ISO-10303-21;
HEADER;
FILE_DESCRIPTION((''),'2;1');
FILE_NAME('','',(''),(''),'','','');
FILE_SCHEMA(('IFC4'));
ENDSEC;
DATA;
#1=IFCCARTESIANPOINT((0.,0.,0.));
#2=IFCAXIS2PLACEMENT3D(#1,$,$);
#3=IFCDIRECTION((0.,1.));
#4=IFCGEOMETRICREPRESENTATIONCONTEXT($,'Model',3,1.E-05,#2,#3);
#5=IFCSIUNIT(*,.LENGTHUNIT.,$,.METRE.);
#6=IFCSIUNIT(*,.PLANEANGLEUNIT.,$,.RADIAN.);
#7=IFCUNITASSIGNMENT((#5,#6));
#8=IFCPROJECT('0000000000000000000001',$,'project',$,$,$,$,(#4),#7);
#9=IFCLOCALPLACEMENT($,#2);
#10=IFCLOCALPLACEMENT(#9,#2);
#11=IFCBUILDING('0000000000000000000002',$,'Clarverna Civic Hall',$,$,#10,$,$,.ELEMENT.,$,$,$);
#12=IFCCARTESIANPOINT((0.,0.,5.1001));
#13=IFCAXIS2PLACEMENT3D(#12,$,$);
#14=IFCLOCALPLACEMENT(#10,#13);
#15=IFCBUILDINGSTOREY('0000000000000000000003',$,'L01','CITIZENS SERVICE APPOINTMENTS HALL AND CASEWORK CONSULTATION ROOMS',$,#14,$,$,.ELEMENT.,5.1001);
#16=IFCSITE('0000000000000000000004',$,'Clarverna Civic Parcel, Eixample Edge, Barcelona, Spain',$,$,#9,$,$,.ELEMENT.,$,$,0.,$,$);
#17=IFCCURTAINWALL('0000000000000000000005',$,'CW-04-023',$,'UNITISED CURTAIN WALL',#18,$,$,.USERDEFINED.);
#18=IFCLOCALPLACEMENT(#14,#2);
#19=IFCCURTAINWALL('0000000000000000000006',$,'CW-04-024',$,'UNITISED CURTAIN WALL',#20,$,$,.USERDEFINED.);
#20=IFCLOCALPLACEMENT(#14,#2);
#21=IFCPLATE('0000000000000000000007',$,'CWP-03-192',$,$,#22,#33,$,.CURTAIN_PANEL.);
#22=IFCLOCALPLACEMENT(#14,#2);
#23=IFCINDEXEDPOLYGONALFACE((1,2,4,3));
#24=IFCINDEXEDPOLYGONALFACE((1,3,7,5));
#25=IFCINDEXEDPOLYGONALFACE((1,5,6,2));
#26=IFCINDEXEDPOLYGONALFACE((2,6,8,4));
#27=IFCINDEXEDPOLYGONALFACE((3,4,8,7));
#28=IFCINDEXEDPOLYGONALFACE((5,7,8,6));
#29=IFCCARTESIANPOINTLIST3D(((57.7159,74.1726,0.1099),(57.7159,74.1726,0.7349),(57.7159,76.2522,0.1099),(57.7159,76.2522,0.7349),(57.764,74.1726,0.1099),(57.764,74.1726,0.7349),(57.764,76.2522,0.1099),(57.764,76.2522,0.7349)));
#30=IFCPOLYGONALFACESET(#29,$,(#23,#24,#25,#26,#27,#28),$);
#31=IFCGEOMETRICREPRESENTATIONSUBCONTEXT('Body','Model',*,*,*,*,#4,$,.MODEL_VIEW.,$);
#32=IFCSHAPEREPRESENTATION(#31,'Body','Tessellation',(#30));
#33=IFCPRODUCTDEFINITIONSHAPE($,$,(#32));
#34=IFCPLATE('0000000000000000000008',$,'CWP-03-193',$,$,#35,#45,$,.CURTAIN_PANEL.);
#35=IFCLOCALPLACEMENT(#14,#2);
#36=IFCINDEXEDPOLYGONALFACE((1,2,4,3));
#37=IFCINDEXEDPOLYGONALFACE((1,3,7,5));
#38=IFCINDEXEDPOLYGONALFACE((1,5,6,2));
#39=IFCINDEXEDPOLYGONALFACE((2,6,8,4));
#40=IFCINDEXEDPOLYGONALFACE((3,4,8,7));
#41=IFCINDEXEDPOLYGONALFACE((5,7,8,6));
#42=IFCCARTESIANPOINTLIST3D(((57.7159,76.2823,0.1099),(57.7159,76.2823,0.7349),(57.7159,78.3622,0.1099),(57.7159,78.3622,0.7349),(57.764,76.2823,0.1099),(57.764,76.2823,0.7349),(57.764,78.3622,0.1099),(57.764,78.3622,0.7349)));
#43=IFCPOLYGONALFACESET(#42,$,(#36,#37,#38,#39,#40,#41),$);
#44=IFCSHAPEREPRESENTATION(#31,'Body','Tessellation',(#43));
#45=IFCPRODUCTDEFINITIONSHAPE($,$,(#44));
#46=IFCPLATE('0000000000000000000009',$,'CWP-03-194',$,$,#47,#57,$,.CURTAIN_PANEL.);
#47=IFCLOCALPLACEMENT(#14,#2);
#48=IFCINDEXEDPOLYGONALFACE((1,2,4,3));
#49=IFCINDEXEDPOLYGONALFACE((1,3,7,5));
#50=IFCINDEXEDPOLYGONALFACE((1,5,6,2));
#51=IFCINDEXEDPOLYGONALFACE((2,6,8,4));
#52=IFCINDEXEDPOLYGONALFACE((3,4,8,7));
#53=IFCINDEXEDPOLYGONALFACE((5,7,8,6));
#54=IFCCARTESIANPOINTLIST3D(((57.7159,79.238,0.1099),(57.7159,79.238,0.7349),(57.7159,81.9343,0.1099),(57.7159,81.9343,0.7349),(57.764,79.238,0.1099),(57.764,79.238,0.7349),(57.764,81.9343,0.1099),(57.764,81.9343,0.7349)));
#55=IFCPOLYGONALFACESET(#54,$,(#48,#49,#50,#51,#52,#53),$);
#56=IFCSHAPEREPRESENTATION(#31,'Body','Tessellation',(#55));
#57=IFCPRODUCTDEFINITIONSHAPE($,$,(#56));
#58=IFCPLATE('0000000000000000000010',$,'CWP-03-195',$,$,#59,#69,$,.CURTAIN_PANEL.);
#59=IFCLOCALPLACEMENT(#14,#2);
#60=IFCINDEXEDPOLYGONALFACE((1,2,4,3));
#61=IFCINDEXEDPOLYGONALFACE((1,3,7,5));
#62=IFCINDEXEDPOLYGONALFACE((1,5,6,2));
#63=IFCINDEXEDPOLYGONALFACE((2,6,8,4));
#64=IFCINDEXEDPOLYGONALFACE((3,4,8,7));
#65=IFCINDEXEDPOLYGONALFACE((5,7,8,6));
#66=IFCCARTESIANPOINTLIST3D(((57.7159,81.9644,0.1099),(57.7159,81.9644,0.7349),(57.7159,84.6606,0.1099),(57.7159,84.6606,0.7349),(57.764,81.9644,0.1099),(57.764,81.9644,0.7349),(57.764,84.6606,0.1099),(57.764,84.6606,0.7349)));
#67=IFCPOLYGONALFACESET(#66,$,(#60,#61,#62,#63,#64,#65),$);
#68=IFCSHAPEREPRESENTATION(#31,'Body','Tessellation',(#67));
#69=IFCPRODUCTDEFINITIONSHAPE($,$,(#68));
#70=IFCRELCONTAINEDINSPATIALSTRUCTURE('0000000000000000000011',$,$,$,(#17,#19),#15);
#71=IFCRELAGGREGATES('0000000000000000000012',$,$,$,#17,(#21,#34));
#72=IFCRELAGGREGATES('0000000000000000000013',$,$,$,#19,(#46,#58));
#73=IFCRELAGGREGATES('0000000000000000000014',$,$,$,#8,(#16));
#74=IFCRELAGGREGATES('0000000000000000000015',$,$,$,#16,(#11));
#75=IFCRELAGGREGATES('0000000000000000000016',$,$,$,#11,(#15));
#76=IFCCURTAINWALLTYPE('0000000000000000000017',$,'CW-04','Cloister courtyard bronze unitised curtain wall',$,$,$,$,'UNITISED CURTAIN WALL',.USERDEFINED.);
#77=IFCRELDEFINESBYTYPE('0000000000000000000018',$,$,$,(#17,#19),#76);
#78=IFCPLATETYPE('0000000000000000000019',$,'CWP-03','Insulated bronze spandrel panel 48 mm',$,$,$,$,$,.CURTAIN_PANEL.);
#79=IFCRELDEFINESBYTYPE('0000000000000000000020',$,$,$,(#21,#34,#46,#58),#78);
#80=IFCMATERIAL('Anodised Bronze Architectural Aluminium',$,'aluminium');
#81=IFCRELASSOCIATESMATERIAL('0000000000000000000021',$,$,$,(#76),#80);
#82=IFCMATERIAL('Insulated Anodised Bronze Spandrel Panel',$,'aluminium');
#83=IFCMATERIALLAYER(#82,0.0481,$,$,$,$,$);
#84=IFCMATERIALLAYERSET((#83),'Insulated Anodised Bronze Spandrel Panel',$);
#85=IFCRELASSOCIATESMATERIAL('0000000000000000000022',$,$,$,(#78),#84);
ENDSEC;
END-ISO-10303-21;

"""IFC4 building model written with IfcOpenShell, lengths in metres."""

from ifc_helpers import new_model, si_unit, direction, frame, frame_2d, origin, place, context, subcontext, project, spatial, rectangle, extrude, material, layer, layer_set, type_object, element, aggregate, save


model = new_model("IFC4")

# Units and contexts
model_context = context("Model", 3, precision=1e-05, world=origin(), true_north=direction((0.0, 1.0)))
body_context = subcontext(model_context, "Body", "Model", "MODEL_VIEW")
ifc_project = project(units=[si_unit("LENGTHUNIT", "METRE"), si_unit("PLANEANGLEUNIT", "RADIAN")], contexts=[model_context])

# Site, building, storey
site_placement = place(None, origin())
site = spatial("IfcSite", under=ifc_project, at=site_placement, Name="Clarverna Civic Parcel, Eixample Edge, Barcelona, Spain", CompositionType="ELEMENT", RefElevation=0.0)
building_placement = place(site_placement, origin())
building = spatial("IfcBuilding", under=site, at=building_placement, Name="Clarverna Civic Hall", CompositionType="ELEMENT")
storey_placement = place(building_placement, frame((0.0, 0.0, 5.1001)))
storey = spatial("IfcBuildingStorey", under=building, at=storey_placement, Name="L01", Description="CITIZENS SERVICE APPOINTMENTS HALL AND CASEWORK CONSULTATION ROOMS", CompositionType="ELEMENT", Elevation=5.1001)

# Curtain walls
ifc_material_1 = material(Name="Anodised Bronze Architectural Aluminium", Category="aluminium")
curtain_wall_type = type_object("IfcCurtainWallType", Name="CW-04", Description="Cloister courtyard bronze unitised curtain wall", ElementType="UNITISED CURTAIN WALL", PredefinedType="USERDEFINED", material=ifc_material_1)
curtain_wall_1_placement = place(storey_placement, origin())
curtain_wall_1 = element("IfcCurtainWall", 1, at=curtain_wall_1_placement, inside=storey, type_object=curtain_wall_type, Name="CW-04-023", ObjectType="UNITISED CURTAIN WALL", PredefinedType="USERDEFINED")
curtain_wall_2_placement = place(storey_placement, origin())
curtain_wall_2 = element("IfcCurtainWall", 2, at=curtain_wall_2_placement, inside=storey, type_object=curtain_wall_type, Name="CW-04-024", ObjectType="UNITISED CURTAIN WALL", PredefinedType="USERDEFINED")

# Plates
ifc_material_2 = material(Name="Insulated Anodised Bronze Spandrel Panel", Category="aluminium")
ifc_layer_1 = layer(ifc_material_2, 0.0481)
ifc_layer_set_1 = layer_set([ifc_layer_1], Name="Insulated Anodised Bronze Spandrel Panel")
plate_type_1 = type_object("IfcPlateType", Name="CWP-03", Description="Insulated bronze spandrel panel 48 mm", PredefinedType="CURTAIN_PANEL", material=ifc_layer_set_1)
plate_1_placement = place(storey_placement, frame((57.74, 74.1726, 0.1099), z_axis=(0.0, 0.0, 1.0), x_axis=(0.0, 1.0, 0.0)))
plate_1 = element("IfcPlate", 3, at=plate_1_placement, type_object=plate_type_1, Name="CWP-03-192", PredefinedType="CURTAIN_PANEL", context=body_context, shape_type="SweptSolid", body=[
    extrude(rectangle(XDim=2.0796, YDim=0.0481, at=frame_2d((1.0398, 0.0))), origin(), (0.0, 0.0, 1.0), 0.625),
])
plate_2_placement = place(storey_placement, frame((57.74, 76.2822, 0.1099), z_axis=(0.0, 0.0, 1.0), x_axis=(0.0, 1.0, 0.0)))
plate_2 = element("IfcPlate", 4, at=plate_2_placement, type_object=plate_type_1, Name="CWP-03-193", PredefinedType="CURTAIN_PANEL", context=body_context, shape_type="SweptSolid", body=[
    extrude(rectangle(XDim=2.0798, YDim=0.0481, at=frame_2d((1.04, 0.0))), origin(), (0.0, 0.0, 1.0), 0.625),
])
aggregate(curtain_wall_1, [plate_1, plate_2])
plate_3_placement = place(storey_placement, frame((57.74, 79.238, 0.1099), z_axis=(0.0, 0.0, 1.0), x_axis=(0.0, 1.0, 0.0)))
plate_3 = element("IfcPlate", 5, at=plate_3_placement, type_object=plate_type_1, Name="CWP-03-194", PredefinedType="CURTAIN_PANEL", context=body_context, shape_type="SweptSolid", body=[
    extrude(rectangle(XDim=2.6963, YDim=0.0481, at=frame_2d((1.3481, 0.0))), origin(), (0.0, 0.0, 1.0), 0.625),
])
plate_4_placement = place(storey_placement, frame((57.74, 81.9644, 0.1099), z_axis=(0.0, 0.0, 1.0), x_axis=(0.0, 1.0, 0.0)))
plate_4 = element("IfcPlate", 6, at=plate_4_placement, type_object=plate_type_1, Name="CWP-03-195", PredefinedType="CURTAIN_PANEL", context=body_context, shape_type="SweptSolid", body=[
    extrude(rectangle(XDim=2.6963, YDim=0.0481, at=frame_2d((1.3481, 0.0))), origin(), (0.0, 0.0, 1.0), 0.625),
])
aggregate(curtain_wall_2, [plate_3, plate_4])

save(model, "model.ifc")
